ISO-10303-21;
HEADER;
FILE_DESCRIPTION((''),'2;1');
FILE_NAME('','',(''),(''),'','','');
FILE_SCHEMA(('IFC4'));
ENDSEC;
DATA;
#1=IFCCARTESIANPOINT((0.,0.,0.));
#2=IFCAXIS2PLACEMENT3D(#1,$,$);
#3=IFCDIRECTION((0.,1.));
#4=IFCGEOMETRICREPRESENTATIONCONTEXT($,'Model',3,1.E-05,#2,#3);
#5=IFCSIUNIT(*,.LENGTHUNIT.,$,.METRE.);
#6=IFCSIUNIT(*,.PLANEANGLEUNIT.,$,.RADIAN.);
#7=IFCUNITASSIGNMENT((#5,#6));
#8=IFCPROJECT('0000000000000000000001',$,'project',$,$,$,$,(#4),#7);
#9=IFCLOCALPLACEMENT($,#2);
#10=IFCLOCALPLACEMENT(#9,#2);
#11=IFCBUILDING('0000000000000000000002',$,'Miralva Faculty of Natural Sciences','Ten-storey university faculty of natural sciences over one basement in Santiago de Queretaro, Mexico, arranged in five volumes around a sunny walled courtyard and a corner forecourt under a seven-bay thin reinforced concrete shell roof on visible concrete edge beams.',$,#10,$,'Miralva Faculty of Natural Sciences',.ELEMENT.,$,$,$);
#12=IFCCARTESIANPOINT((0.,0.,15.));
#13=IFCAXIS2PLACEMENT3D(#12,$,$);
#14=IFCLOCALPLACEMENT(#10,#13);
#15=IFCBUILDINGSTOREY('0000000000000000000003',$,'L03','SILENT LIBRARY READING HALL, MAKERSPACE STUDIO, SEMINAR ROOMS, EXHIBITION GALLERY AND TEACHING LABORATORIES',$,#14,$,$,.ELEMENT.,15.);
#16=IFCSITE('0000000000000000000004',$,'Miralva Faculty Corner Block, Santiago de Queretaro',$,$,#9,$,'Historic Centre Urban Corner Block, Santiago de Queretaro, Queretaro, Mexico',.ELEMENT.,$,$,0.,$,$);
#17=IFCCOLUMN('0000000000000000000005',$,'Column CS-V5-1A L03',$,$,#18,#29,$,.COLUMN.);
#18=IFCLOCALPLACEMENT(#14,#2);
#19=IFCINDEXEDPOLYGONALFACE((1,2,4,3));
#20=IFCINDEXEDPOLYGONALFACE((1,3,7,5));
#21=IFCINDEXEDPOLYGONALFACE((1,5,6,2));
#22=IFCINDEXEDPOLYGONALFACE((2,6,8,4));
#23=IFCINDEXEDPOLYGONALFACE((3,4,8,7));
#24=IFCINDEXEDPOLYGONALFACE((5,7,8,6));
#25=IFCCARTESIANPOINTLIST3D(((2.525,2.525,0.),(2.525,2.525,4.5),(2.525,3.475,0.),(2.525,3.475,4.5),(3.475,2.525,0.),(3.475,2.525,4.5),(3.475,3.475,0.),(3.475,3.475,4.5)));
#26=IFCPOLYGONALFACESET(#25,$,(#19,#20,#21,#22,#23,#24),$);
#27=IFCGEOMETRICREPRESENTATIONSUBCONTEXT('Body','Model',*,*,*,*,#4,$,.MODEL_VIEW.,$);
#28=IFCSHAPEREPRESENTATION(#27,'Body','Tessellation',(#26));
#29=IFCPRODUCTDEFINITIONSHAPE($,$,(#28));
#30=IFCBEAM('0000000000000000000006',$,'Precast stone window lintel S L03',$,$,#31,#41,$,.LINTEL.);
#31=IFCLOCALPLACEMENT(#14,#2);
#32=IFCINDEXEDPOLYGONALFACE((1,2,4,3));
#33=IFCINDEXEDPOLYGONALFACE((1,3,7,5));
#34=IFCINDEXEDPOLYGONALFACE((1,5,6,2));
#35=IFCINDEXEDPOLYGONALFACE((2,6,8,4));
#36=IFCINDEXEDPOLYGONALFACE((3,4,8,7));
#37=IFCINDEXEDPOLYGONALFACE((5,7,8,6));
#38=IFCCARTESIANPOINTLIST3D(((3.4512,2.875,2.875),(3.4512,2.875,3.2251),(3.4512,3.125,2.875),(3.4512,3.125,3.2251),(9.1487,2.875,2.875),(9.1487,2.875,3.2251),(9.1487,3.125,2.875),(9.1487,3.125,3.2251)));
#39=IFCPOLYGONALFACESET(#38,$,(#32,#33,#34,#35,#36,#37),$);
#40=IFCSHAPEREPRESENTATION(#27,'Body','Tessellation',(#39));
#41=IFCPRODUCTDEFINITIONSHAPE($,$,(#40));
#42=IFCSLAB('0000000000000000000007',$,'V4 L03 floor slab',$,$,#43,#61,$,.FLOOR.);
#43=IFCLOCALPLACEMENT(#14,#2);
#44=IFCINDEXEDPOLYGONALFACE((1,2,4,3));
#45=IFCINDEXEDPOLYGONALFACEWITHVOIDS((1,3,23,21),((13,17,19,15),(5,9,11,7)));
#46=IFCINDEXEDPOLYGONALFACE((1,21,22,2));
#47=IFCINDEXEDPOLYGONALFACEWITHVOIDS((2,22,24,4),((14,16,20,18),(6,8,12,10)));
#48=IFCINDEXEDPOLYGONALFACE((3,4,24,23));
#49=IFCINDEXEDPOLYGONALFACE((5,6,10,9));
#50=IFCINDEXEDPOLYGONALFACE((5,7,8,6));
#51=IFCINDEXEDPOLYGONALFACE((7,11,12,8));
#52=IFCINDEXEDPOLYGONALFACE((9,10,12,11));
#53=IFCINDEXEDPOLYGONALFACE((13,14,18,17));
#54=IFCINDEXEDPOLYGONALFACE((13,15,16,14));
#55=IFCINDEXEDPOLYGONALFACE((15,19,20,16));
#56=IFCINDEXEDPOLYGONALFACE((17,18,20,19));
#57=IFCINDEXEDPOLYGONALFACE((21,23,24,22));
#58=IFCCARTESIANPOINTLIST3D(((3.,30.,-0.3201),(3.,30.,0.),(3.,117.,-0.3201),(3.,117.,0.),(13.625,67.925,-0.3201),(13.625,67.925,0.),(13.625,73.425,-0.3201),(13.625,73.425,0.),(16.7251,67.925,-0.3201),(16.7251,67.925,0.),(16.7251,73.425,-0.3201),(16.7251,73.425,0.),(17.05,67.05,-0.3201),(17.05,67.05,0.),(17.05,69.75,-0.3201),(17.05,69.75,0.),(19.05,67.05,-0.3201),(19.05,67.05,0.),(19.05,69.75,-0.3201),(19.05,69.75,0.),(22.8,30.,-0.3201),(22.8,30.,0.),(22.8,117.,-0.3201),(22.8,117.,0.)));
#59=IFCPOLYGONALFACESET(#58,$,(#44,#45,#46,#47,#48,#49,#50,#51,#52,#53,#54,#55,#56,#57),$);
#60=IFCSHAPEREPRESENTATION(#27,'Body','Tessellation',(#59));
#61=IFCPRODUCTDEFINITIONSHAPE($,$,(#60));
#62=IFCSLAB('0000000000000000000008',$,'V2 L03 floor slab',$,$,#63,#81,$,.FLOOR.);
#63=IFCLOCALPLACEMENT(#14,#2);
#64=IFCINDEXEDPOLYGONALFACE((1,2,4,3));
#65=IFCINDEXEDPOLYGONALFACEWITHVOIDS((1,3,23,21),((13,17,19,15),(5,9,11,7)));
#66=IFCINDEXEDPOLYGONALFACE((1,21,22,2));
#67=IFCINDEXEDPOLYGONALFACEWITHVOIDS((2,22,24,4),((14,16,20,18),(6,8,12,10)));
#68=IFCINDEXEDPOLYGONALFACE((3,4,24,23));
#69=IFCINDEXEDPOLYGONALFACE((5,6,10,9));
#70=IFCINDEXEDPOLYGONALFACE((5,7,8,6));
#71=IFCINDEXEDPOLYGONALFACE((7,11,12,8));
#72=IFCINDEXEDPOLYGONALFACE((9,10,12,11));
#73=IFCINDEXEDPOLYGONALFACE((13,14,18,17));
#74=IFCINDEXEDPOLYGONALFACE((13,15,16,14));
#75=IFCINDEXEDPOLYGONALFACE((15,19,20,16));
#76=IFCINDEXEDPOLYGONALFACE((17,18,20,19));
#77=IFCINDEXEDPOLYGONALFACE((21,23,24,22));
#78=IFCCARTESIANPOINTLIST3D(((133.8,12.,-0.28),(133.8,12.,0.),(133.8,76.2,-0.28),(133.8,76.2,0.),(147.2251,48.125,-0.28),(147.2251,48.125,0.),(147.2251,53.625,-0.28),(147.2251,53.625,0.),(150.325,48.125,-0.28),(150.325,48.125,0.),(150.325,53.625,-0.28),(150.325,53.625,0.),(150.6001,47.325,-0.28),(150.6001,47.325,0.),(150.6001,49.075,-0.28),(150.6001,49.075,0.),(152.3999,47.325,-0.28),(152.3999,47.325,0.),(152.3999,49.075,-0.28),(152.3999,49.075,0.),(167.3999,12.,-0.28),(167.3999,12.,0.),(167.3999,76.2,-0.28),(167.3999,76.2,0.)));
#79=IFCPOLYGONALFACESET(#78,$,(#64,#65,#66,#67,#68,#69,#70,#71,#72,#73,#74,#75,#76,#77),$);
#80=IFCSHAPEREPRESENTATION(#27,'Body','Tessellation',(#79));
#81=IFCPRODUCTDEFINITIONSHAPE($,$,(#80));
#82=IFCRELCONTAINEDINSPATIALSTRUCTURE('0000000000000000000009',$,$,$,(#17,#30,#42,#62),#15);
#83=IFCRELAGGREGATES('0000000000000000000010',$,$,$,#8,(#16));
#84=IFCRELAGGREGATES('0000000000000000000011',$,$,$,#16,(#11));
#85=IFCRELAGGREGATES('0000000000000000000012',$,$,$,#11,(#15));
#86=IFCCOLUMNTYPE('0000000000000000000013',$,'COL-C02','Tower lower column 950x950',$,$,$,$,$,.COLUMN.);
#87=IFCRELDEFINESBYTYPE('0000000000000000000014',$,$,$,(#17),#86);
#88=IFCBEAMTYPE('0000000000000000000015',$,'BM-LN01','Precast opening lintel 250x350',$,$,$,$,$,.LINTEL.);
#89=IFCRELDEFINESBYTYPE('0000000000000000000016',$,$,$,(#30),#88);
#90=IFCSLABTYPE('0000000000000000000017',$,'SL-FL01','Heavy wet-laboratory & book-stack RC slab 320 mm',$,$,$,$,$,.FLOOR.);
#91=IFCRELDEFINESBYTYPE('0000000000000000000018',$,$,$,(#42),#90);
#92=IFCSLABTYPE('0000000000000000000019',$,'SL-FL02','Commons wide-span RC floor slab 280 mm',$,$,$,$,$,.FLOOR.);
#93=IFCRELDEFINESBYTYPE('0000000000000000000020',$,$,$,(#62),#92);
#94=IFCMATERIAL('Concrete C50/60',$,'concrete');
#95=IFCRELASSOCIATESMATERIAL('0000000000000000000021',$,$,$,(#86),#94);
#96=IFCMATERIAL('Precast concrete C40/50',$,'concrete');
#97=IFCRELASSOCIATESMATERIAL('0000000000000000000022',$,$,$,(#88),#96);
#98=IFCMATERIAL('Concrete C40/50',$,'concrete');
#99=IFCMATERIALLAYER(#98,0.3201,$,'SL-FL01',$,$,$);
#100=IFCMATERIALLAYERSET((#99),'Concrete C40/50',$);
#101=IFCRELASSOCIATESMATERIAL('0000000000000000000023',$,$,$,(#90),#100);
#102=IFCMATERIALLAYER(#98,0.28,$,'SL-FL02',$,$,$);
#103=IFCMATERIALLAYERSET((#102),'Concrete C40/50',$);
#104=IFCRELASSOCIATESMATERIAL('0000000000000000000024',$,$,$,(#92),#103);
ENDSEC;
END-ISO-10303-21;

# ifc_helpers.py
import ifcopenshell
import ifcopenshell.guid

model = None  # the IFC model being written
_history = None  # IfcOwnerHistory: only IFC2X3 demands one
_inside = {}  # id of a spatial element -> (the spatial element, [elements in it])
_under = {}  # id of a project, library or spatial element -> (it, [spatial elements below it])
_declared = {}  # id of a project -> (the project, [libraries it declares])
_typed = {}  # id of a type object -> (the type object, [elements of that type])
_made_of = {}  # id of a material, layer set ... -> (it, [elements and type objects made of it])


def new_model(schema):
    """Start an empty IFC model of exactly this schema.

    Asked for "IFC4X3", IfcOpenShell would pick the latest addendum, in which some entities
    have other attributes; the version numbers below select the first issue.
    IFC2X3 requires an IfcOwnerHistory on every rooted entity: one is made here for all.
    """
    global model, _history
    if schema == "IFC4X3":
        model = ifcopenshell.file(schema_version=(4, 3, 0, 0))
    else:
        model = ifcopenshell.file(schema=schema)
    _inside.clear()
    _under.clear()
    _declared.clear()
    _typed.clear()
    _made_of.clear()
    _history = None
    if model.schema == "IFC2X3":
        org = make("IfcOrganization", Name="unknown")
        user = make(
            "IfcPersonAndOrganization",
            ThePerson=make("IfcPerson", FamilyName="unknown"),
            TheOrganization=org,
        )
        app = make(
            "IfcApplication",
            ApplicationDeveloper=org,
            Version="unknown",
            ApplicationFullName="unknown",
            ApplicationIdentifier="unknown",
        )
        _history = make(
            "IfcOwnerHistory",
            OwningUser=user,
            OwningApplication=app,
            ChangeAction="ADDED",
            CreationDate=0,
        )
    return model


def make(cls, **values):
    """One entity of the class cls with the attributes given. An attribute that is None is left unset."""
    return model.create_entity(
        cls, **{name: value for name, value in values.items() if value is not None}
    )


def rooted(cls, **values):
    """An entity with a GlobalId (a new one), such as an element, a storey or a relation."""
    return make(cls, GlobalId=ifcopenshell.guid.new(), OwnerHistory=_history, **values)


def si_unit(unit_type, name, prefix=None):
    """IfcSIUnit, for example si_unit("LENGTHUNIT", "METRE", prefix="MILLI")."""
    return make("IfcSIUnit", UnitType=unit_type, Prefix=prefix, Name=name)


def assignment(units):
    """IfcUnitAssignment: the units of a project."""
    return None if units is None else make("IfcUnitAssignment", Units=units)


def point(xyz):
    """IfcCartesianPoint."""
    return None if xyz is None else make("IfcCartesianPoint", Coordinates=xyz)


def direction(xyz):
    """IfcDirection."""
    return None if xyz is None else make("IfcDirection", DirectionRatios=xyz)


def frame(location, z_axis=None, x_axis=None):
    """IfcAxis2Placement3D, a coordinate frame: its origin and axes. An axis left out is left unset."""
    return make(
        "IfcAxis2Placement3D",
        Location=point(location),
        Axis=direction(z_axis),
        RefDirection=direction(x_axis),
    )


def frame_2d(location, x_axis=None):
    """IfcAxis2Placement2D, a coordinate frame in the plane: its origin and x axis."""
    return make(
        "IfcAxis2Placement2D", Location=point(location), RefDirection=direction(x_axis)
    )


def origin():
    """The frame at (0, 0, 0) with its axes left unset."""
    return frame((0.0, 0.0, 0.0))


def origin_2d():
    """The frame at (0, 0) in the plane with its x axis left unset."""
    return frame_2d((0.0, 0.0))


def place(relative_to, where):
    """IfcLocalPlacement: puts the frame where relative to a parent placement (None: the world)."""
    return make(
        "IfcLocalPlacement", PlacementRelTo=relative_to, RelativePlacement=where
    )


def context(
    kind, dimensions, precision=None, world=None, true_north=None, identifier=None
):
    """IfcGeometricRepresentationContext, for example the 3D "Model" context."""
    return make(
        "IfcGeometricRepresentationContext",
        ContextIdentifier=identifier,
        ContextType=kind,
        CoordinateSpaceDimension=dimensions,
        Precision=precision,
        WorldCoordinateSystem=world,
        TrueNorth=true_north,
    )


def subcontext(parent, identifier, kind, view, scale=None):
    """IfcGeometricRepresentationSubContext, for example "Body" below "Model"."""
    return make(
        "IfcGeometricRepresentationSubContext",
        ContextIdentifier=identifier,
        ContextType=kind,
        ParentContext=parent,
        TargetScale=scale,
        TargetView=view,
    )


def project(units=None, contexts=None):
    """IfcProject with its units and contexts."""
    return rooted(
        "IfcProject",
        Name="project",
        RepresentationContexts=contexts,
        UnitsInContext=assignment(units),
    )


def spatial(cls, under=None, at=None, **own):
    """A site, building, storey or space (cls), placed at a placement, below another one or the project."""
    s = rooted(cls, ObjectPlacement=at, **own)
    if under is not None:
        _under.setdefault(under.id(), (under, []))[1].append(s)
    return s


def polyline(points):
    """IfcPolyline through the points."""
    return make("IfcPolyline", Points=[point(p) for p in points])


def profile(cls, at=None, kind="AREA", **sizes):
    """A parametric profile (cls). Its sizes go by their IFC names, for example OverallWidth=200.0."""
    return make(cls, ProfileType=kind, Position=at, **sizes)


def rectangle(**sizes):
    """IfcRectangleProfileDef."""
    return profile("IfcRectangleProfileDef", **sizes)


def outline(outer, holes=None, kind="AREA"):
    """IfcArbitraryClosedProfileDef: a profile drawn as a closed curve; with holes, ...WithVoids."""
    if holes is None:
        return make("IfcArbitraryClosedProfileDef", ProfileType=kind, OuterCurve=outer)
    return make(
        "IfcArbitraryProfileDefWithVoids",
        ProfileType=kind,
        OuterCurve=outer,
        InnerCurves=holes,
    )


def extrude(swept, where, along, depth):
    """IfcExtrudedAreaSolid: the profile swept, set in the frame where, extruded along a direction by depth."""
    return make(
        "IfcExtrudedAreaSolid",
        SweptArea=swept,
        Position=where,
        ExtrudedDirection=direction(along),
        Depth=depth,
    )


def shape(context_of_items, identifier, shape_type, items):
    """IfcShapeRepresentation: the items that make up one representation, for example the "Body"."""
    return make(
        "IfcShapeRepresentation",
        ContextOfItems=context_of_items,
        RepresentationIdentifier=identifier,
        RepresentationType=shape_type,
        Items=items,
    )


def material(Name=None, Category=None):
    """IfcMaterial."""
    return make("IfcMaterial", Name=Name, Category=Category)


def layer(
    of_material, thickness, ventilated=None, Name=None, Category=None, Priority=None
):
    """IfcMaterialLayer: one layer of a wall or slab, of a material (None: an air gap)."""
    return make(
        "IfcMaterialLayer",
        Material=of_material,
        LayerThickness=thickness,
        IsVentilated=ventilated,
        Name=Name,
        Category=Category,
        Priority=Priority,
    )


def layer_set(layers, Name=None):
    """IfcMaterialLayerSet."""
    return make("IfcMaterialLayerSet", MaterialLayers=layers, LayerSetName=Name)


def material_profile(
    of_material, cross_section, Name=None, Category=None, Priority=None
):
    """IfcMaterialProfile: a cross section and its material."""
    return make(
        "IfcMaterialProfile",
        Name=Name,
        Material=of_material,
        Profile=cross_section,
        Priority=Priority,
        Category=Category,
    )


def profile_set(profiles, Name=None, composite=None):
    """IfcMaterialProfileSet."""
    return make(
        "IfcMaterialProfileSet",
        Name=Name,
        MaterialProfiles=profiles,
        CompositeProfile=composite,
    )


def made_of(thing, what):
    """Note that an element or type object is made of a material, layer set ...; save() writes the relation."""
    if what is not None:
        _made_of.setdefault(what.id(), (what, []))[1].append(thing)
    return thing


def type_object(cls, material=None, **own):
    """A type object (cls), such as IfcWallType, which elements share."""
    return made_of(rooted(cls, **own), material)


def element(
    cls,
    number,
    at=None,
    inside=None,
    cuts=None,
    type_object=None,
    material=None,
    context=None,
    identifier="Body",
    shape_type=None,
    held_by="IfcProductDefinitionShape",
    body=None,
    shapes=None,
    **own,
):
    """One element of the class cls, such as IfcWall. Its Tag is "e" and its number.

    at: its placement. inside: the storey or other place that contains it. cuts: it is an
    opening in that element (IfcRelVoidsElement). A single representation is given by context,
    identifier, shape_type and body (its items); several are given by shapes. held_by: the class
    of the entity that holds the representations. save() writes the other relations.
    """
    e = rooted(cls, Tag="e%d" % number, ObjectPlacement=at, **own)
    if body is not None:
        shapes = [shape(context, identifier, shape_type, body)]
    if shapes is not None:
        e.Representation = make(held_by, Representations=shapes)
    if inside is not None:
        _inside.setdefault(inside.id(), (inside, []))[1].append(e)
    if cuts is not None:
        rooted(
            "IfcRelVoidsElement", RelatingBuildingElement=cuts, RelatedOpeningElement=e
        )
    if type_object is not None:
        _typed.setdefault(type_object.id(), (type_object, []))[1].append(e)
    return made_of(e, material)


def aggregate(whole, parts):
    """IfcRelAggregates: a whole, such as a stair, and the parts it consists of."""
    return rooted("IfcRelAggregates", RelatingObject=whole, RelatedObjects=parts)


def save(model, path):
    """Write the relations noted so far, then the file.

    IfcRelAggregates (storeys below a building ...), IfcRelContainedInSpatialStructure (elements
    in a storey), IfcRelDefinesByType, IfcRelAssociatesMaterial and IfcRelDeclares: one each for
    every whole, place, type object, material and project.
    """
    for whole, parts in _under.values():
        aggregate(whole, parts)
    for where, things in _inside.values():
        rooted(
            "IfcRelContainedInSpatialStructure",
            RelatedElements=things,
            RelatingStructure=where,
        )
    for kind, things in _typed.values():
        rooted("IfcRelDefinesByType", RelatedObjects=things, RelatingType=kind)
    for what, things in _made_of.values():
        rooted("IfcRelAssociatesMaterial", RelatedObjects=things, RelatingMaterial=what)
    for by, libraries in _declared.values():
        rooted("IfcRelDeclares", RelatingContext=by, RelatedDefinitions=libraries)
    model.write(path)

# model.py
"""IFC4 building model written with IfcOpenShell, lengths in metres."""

from ifc_helpers import new_model, si_unit, direction, frame, origin, origin_2d, place, context, subcontext, project, spatial, polyline, rectangle, outline, extrude, material, layer, layer_set, material_profile, profile_set, type_object, element, save


model = new_model("IFC4")

# Units and contexts
model_context = context("Model", 3, precision=1e-05, world=origin(), true_north=direction((0.0, 1.0)))
body_context = subcontext(model_context, "Body", "Model", "MODEL_VIEW")
ifc_project = project(units=[si_unit("LENGTHUNIT", "METRE"), si_unit("PLANEANGLEUNIT", "RADIAN")], contexts=[model_context])

# Site, building, storey
site_placement = place(None, origin())
site = spatial("IfcSite", under=ifc_project, at=site_placement, Name="Miralva Faculty Corner Block, Santiago de Queretaro", LongName="Historic Centre Urban Corner Block, Santiago de Queretaro, Queretaro, Mexico", CompositionType="ELEMENT", RefElevation=0.0)
building_placement = place(site_placement, origin())
building = spatial("IfcBuilding", under=site, at=building_placement, Name="Miralva Faculty of Natural Sciences", Description="Ten-storey university faculty of natural sciences over one basement in Santiago de Queretaro, Mexico, arranged in five volumes around a sunny walled courtyard and a corner forecourt under a seven-bay thin reinforced concrete shell roof on visible concrete edge beams.", LongName="Miralva Faculty of Natural Sciences", CompositionType="ELEMENT")
storey_placement = place(building_placement, frame((0.0, 0.0, 15.0)))
storey = spatial("IfcBuildingStorey", under=building, at=storey_placement, Name="L03", Description="SILENT LIBRARY READING HALL, MAKERSPACE STUDIO, SEMINAR ROOMS, EXHIBITION GALLERY AND TEACHING LABORATORIES", CompositionType="ELEMENT", Elevation=15.0)

# Column
ifc_material_1 = material(Name="Concrete C50/60", Category="concrete")
ifc_material_profile_1 = material_profile(ifc_material_1, rectangle(XDim=0.95, YDim=0.95, at=origin_2d()), Name="RC 950x950")
ifc_profile_set_1 = profile_set([ifc_material_profile_1], Name="Concrete C50/60")
column_type = type_object("IfcColumnType", Name="COL-C02", Description="Tower lower column 950x950", PredefinedType="COLUMN", material=ifc_profile_set_1)
column_placement = place(storey_placement, frame((3.0, 3.0, 0.0), z_axis=(0.0, 0.0, 1.0), x_axis=(1.0, 0.0, 0.0)))
element("IfcColumn", 1, at=column_placement, inside=storey, type_object=column_type, Name="Column CS-V5-1A L03", PredefinedType="COLUMN", context=body_context, shape_type="SweptSolid", body=[
    extrude(rectangle(XDim=0.95, YDim=0.95, at=origin_2d()), origin(), (0.0, 0.0, 1.0), 4.5),
])

# Beam
ifc_material_2 = material(Name="Precast concrete C40/50", Category="concrete")
ifc_material_profile_2 = material_profile(ifc_material_2, rectangle(XDim=0.25, YDim=0.3501, at=origin_2d()), Name="RC 250x350")
ifc_profile_set_2 = profile_set([ifc_material_profile_2], Name="Precast concrete C40/50")
beam_type = type_object("IfcBeamType", Name="BM-LN01", Description="Precast opening lintel 250x350", PredefinedType="LINTEL", material=ifc_profile_set_2)
beam_placement = place(storey_placement, frame((3.4512, 3.0, 3.05), z_axis=(1.0, 0.0, 0.0), x_axis=(0.0, 1.0, 0.0)))
element("IfcBeam", 2, at=beam_placement, inside=storey, type_object=beam_type, Name="Precast stone window lintel S L03", PredefinedType="LINTEL", context=body_context, shape_type="SweptSolid", body=[
    extrude(rectangle(XDim=0.25, YDim=0.3501, at=origin_2d()), origin(), (0.0, 0.0, 1.0), 5.6975),
])

# Slabs
ifc_material_3 = material(Name="Concrete C40/50", Category="concrete")
ifc_layer_1 = layer(ifc_material_3, 0.3201, Name="SL-FL01")
ifc_layer_set_1 = layer_set([ifc_layer_1], Name="Concrete C40/50")
slab_type_1 = type_object("IfcSlabType", Name="SL-FL01", Description="Heavy wet-laboratory & book-stack RC slab 320 mm", PredefinedType="FLOOR", material=ifc_layer_set_1)
slab_1_placement = place(storey_placement, frame((0.0, 0.0, -0.3201)))
element("IfcSlab", 3, at=slab_1_placement, inside=storey, type_object=slab_type_1, Name="V4 L03 floor slab", PredefinedType="FLOOR", context=body_context, shape_type="SweptSolid", body=[
    extrude(outline(polyline([(22.8, 30.0), (3.0, 30.0), (3.0, 117.0), (22.8, 117.0), (22.8, 30.0)]), holes=[polyline([(16.7251, 67.925), (13.625, 67.925), (13.625, 73.425), (16.7251, 73.425), (16.7251, 67.925)]), polyline([(19.05, 67.05), (17.05, 67.05), (17.05, 69.75), (19.05, 69.75), (19.05, 67.05)])]), origin(), (0.0, 0.0, 1.0), 0.3201),
])
ifc_layer_2 = layer(ifc_material_3, 0.28, Name="SL-FL02")
ifc_layer_set_2 = layer_set([ifc_layer_2], Name="Concrete C40/50")
slab_type_2 = type_object("IfcSlabType", Name="SL-FL02", Description="Commons wide-span RC floor slab 280 mm", PredefinedType="FLOOR", material=ifc_layer_set_2)
slab_2_placement = place(storey_placement, frame((0.0, 0.0, -0.28)))
element("IfcSlab", 4, at=slab_2_placement, inside=storey, type_object=slab_type_2, Name="V2 L03 floor slab", PredefinedType="FLOOR", context=body_context, shape_type="SweptSolid", body=[
    extrude(outline(polyline([(167.3999, 12.0), (133.8, 12.0), (133.8, 76.2), (167.3999, 76.2), (167.3999, 12.0)]), holes=[polyline([(150.325, 48.125), (147.2251, 48.125), (147.2251, 53.625), (150.325, 53.625), (150.325, 48.125)]), polyline([(152.3999, 47.325), (150.6001, 47.325), (150.6001, 49.075), (152.3999, 49.075), (152.3999, 47.325)])]), origin(), (0.0, 0.0, 1.0), 0.28),
])

save(model, "model.ifc")
